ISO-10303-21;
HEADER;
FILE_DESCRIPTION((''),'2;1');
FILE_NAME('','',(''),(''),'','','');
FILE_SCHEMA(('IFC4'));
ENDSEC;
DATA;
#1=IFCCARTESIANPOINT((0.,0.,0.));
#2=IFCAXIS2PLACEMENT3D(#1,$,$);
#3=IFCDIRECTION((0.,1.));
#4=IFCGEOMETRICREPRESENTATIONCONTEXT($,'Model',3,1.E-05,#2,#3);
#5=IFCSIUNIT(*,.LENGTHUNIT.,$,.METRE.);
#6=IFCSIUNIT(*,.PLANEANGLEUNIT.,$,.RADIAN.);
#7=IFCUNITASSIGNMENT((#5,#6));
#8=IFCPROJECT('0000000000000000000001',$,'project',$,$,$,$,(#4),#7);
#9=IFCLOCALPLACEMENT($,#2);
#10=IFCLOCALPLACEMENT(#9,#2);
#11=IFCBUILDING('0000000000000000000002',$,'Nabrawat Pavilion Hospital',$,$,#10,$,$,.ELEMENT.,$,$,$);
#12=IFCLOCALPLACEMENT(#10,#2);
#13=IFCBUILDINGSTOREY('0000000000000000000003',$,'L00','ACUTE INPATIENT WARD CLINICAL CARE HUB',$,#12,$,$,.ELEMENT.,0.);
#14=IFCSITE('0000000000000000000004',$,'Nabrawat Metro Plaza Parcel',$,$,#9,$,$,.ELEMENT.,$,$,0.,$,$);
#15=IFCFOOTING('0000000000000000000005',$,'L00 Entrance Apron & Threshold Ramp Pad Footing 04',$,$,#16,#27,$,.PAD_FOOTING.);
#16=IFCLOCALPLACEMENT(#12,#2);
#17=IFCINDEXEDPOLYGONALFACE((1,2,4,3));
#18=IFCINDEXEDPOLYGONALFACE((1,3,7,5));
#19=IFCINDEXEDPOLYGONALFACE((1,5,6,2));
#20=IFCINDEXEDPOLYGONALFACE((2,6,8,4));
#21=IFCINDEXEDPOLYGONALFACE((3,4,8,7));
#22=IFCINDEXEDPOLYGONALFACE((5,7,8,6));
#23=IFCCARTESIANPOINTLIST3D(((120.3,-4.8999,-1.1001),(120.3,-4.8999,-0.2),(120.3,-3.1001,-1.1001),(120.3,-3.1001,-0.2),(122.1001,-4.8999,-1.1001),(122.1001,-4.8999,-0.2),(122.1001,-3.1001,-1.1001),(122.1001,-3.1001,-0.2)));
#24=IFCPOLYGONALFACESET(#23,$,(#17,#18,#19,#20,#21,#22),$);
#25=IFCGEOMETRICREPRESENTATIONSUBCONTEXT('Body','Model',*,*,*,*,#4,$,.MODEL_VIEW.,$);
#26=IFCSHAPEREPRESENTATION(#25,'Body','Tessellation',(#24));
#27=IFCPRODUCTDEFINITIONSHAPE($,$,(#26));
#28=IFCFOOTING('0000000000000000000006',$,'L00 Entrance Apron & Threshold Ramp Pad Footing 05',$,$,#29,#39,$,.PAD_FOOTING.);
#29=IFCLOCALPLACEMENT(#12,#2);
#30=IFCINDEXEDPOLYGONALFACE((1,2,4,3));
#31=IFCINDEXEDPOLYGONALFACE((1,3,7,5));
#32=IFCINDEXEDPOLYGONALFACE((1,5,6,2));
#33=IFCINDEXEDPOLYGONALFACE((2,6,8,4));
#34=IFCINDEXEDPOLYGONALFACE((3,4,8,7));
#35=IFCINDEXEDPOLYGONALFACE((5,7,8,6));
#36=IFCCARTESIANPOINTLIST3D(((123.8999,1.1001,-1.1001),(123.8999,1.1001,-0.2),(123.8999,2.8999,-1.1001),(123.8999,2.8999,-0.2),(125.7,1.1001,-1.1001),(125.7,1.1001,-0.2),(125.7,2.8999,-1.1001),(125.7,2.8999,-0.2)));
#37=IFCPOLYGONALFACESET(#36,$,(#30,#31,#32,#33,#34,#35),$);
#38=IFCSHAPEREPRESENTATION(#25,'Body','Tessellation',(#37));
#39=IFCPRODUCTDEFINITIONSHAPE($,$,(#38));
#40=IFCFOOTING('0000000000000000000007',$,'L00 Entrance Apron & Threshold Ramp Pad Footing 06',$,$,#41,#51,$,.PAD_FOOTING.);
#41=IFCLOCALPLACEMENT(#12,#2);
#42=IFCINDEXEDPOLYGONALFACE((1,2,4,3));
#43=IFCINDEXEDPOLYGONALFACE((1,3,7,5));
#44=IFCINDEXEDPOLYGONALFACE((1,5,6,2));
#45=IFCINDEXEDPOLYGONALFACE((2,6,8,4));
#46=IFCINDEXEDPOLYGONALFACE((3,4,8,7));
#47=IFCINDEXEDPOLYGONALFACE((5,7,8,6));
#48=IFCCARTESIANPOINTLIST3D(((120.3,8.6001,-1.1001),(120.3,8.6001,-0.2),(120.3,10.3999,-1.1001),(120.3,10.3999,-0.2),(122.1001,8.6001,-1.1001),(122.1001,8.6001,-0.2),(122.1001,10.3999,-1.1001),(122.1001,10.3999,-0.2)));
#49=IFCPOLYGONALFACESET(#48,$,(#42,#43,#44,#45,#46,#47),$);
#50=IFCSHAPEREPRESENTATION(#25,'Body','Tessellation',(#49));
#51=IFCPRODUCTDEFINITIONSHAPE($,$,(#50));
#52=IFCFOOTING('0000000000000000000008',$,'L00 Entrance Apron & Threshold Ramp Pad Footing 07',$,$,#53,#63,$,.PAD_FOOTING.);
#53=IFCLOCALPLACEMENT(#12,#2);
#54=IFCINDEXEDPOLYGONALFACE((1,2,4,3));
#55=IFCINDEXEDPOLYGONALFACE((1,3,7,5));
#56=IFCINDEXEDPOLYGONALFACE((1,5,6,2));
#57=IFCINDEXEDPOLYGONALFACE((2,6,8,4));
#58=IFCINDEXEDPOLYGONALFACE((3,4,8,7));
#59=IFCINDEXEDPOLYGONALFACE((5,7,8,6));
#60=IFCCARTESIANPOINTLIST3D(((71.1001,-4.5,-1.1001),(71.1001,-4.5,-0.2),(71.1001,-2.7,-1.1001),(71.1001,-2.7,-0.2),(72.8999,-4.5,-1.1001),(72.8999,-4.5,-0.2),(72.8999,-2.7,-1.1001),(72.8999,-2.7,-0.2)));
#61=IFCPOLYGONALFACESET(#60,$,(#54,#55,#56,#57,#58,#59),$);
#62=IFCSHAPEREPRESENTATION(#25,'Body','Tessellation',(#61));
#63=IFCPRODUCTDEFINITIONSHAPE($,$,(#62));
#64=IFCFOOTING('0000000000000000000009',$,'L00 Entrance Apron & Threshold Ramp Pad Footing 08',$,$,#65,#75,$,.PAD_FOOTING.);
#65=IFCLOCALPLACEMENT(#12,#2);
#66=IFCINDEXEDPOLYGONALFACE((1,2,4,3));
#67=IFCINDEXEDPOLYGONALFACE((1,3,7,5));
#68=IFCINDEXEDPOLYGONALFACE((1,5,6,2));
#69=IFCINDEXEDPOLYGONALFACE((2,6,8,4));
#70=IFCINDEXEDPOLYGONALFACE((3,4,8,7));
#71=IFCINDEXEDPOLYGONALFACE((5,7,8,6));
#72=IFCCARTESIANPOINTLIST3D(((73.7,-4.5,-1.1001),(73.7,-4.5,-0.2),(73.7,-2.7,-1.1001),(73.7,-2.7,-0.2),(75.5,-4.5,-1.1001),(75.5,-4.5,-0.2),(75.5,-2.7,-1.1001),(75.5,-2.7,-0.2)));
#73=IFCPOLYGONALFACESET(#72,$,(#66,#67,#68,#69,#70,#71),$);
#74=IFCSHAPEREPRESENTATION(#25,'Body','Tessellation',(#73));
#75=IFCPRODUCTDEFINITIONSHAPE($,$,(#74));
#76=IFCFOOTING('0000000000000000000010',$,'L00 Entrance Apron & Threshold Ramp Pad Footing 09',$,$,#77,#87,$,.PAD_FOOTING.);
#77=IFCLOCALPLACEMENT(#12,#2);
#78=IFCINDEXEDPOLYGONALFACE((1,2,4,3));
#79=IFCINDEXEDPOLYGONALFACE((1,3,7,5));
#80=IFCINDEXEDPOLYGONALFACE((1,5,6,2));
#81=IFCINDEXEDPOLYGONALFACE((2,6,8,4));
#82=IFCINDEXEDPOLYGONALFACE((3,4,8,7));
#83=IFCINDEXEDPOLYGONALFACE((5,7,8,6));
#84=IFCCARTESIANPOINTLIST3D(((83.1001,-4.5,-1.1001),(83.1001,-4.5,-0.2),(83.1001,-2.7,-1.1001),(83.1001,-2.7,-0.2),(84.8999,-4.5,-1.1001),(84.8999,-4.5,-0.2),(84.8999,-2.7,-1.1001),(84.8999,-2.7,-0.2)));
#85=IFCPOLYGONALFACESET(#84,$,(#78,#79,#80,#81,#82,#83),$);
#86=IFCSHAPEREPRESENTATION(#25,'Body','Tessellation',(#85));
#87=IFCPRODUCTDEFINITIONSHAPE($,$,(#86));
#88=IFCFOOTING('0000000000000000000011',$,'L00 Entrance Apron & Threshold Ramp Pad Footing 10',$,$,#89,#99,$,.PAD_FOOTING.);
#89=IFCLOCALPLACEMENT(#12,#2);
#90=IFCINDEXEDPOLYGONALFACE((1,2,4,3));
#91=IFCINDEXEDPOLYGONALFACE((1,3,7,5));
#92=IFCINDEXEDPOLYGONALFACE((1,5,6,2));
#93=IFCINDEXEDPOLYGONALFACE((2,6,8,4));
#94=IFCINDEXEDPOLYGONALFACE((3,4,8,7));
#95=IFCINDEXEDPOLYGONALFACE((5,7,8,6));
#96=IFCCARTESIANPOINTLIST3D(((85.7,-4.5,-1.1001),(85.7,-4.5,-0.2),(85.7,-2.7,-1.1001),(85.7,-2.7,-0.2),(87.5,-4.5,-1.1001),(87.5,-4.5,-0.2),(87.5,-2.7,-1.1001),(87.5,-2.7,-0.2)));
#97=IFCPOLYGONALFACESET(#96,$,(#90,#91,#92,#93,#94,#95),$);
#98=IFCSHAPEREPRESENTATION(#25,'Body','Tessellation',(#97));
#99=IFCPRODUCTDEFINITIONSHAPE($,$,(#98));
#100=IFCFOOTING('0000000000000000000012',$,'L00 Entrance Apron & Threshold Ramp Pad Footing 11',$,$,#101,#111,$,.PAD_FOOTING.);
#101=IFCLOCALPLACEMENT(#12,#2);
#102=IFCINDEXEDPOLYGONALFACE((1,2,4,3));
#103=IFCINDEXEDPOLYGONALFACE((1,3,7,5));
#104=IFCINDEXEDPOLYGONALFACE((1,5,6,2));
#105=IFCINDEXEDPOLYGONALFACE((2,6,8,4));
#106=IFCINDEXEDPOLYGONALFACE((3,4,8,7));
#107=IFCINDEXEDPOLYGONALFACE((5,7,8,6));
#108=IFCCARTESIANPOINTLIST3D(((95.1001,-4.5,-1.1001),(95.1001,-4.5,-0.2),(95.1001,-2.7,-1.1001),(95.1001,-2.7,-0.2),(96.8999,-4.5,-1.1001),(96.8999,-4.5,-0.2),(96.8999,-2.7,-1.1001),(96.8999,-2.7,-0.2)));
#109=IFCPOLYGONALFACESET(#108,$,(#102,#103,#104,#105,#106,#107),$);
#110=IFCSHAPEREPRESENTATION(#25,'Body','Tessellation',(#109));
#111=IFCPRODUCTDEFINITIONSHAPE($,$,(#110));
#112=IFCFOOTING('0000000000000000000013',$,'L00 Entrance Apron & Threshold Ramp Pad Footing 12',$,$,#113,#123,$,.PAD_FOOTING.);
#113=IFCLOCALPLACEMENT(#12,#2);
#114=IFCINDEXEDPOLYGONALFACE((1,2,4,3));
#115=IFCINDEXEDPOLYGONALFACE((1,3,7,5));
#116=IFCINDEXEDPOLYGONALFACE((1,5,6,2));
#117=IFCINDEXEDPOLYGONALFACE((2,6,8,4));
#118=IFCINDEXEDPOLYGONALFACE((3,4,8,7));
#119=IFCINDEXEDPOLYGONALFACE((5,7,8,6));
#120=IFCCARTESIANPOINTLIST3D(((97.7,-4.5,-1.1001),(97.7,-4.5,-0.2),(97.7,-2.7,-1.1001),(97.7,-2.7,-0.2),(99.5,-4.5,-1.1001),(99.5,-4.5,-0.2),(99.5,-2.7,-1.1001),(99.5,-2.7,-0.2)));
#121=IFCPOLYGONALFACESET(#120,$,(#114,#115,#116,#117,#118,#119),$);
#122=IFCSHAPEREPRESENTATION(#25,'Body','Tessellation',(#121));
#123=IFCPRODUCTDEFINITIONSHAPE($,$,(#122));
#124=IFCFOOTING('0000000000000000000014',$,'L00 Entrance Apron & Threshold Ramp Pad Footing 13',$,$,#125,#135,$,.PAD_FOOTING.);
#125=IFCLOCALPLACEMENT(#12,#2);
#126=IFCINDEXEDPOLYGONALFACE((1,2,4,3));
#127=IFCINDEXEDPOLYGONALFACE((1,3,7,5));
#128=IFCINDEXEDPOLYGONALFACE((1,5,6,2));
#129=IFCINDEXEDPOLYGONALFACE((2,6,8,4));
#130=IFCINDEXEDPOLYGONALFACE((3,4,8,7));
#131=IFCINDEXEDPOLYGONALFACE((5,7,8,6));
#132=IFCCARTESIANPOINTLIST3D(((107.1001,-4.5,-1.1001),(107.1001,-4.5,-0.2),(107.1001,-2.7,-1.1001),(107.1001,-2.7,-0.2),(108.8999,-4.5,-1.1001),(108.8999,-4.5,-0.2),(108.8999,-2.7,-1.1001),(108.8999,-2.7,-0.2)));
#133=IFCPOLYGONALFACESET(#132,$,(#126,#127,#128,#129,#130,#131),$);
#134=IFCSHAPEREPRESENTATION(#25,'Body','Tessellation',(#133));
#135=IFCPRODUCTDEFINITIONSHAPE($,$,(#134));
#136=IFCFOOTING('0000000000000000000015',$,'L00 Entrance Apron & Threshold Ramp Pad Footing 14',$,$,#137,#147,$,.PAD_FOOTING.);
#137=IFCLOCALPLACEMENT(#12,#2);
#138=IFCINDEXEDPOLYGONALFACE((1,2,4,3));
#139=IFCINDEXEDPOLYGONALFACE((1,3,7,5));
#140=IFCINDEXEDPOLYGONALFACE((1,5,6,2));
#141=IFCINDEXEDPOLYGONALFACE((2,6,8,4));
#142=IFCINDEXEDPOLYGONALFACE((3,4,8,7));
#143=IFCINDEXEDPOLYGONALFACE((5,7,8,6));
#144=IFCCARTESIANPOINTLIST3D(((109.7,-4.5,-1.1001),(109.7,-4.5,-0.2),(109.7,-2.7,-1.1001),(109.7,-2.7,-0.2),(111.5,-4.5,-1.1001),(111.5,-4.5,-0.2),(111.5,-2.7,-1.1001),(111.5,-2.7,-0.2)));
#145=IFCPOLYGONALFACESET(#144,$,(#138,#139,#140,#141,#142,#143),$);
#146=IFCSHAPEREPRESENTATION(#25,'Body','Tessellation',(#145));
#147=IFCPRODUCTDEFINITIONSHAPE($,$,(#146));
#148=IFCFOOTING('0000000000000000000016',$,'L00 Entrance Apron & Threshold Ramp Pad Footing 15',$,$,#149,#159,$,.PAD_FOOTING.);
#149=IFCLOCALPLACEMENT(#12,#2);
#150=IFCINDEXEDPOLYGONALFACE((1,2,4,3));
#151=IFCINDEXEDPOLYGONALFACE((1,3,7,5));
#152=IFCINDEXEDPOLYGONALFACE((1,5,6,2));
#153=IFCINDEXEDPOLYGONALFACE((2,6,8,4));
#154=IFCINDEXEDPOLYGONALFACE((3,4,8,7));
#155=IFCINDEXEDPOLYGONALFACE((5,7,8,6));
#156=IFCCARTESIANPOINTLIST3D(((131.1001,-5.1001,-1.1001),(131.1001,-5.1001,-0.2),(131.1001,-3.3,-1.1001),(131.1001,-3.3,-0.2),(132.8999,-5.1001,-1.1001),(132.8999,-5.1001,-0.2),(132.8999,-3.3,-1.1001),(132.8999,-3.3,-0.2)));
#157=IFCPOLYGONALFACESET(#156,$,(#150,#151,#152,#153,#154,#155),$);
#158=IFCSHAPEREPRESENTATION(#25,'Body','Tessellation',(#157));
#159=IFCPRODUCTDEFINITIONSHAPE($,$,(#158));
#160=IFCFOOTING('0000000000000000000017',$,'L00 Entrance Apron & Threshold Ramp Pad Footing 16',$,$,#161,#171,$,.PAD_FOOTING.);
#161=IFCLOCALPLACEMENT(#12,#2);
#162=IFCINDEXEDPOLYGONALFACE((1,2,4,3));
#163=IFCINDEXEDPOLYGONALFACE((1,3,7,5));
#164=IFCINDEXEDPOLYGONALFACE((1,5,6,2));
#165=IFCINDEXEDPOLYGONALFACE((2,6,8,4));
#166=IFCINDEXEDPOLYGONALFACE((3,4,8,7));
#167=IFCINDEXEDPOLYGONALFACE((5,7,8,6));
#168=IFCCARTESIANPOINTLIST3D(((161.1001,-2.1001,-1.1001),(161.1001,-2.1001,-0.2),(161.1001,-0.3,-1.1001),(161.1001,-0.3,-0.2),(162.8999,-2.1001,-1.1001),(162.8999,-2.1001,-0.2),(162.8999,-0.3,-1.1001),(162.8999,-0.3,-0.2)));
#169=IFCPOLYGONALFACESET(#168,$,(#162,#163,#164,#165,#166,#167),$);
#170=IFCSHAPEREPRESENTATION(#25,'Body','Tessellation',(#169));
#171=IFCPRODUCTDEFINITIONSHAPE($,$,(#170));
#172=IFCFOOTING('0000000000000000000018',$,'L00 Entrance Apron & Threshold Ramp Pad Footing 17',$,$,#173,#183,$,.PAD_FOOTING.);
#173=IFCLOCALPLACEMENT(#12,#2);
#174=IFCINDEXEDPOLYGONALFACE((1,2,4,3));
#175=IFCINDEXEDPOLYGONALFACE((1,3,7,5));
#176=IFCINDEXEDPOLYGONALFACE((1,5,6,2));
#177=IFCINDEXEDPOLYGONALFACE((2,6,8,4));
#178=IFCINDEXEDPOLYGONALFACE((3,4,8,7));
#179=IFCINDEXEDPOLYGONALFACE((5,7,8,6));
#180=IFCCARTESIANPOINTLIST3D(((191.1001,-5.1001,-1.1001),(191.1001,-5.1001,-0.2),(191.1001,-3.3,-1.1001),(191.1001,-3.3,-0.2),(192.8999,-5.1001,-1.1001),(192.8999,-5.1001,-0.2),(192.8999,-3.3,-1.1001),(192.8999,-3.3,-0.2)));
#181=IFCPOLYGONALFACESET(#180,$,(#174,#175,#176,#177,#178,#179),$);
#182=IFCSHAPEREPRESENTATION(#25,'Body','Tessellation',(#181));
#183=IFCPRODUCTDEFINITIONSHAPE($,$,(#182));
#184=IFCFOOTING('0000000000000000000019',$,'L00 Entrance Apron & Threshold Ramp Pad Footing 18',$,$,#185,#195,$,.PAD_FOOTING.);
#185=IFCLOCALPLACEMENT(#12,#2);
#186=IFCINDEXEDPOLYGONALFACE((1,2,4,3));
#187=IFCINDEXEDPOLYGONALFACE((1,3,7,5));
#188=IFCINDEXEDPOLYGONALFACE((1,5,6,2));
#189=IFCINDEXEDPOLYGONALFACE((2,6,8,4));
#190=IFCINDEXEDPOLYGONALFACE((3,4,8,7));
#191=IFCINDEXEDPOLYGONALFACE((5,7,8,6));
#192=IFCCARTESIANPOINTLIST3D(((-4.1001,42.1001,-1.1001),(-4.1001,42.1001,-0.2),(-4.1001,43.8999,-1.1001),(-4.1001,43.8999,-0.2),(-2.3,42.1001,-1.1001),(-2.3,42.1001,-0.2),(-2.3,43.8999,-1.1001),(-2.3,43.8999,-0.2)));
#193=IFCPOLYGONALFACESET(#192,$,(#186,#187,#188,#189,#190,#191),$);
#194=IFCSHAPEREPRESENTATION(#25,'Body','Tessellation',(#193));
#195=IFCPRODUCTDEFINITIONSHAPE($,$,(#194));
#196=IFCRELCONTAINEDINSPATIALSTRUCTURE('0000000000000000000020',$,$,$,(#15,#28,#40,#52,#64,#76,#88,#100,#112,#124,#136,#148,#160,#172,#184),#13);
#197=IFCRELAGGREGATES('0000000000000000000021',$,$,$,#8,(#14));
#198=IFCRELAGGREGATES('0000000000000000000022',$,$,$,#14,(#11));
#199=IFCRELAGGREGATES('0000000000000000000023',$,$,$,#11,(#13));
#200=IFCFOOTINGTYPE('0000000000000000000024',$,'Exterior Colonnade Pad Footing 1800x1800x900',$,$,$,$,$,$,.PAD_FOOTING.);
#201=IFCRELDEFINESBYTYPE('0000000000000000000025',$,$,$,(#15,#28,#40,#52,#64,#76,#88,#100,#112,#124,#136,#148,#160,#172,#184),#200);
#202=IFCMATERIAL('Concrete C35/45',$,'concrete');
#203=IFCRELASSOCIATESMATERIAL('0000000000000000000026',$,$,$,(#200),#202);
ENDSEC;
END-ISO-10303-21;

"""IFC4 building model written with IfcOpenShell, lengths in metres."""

from ifc_helpers import new_model, si_unit, direction, frame, origin, place, context, subcontext, project, spatial, polyline, outline, extrude, material, type_object, element, save


model = new_model("IFC4")

# Units and contexts
model_context = context("Model", 3, precision=1e-05, world=origin(), true_north=direction((0.0, 1.0)))
body_context = subcontext(model_context, "Body", "Model", "MODEL_VIEW")
ifc_project = project(units=[si_unit("LENGTHUNIT", "METRE"), si_unit("PLANEANGLEUNIT", "RADIAN")], contexts=[model_context])

# Site, building, storey
site_placement = place(None, origin())
site = spatial("IfcSite", under=ifc_project, at=site_placement, Name="Nabrawat Metro Plaza Parcel", CompositionType="ELEMENT", RefElevation=0.0)
building_placement = place(site_placement, origin())
building = spatial("IfcBuilding", under=site, at=building_placement, Name="Nabrawat Pavilion Hospital", CompositionType="ELEMENT")
storey_placement = place(building_placement, origin())
storey = spatial("IfcBuildingStorey", under=building, at=storey_placement, Name="L00", Description="ACUTE INPATIENT WARD CLINICAL CARE HUB", CompositionType="ELEMENT", Elevation=0.0)

# Footings
ifc_material = material(Name="Concrete C35/45", Category="concrete")
footing_type = type_object("IfcFootingType", Name="Exterior Colonnade Pad Footing 1800x1800x900", PredefinedType="PAD_FOOTING", material=ifc_material)
footing_1_placement = place(storey_placement, frame((0.0, 0.0, -1.1001)))
element("IfcFooting", 1, at=footing_1_placement, inside=storey, type_object=footing_type, Name="L00 Entrance Apron & Threshold Ramp Pad Footing 04", PredefinedType="PAD_FOOTING", context=body_context, shape_type="SweptSolid", body=[
    extrude(outline(polyline([(122.1001, -4.8999), (122.1001, -3.1001), (120.3, -3.1001), (120.3, -4.8999), (122.1001, -4.8999)])), origin(), (0.0, 0.0, 1.0), 0.9001),
])
footing_2_placement = place(storey_placement, frame((0.0, 0.0, -1.1001)))
element("IfcFooting", 2, at=footing_2_placement, inside=storey, type_object=footing_type, Name="L00 Entrance Apron & Threshold Ramp Pad Footing 05", PredefinedType="PAD_FOOTING", context=body_context, shape_type="SweptSolid", body=[
    extrude(outline(polyline([(125.7, 1.1001), (125.7, 2.8999), (123.8999, 2.8999), (123.8999, 1.1001), (125.7, 1.1001)])), origin(), (0.0, 0.0, 1.0), 0.9001),
])
footing_3_placement = place(storey_placement, frame((0.0, 0.0, -1.1001)))
element("IfcFooting", 3, at=footing_3_placement, inside=storey, type_object=footing_type, Name="L00 Entrance Apron & Threshold Ramp Pad Footing 06", PredefinedType="PAD_FOOTING", context=body_context, shape_type="SweptSolid", body=[
    extrude(outline(polyline([(122.1001, 8.6001), (122.1001, 10.3999), (120.3, 10.3999), (120.3, 8.6001), (122.1001, 8.6001)])), origin(), (0.0, 0.0, 1.0), 0.9001),
])
footing_4_placement = place(storey_placement, frame((0.0, 0.0, -1.1001)))
element("IfcFooting", 4, at=footing_4_placement, inside=storey, type_object=footing_type, Name="L00 Entrance Apron & Threshold Ramp Pad Footing 07", PredefinedType="PAD_FOOTING", context=body_context, shape_type="SweptSolid", body=[
    extrude(outline(polyline([(72.8999, -4.5), (72.8999, -2.7), (71.1001, -2.7), (71.1001, -4.5), (72.8999, -4.5)])), origin(), (0.0, 0.0, 1.0), 0.9001),
])
footing_5_placement = place(storey_placement, frame((0.0, 0.0, -1.1001)))
element("IfcFooting", 5, at=footing_5_placement, inside=storey, type_object=footing_type, Name="L00 Entrance Apron & Threshold Ramp Pad Footing 08", PredefinedType="PAD_FOOTING", context=body_context, shape_type="SweptSolid", body=[
    extrude(outline(polyline([(75.5, -4.5), (75.5, -2.7), (73.7, -2.7), (73.7, -4.5), (75.5, -4.5)])), origin(), (0.0, 0.0, 1.0), 0.9001),
])
footing_6_placement = place(storey_placement, frame((0.0, 0.0, -1.1001)))
element("IfcFooting", 6, at=footing_6_placement, inside=storey, type_object=footing_type, Name="L00 Entrance Apron & Threshold Ramp Pad Footing 09", PredefinedType="PAD_FOOTING", context=body_context, shape_type="SweptSolid", body=[
    extrude(outline(polyline([(84.8999, -4.5), (84.8999, -2.7), (83.1001, -2.7), (83.1001, -4.5), (84.8999, -4.5)])), origin(), (0.0, 0.0, 1.0), 0.9001),
])
footing_7_placement = place(storey_placement, frame((0.0, 0.0, -1.1001)))
element("IfcFooting", 7, at=footing_7_placement, inside=storey, type_object=footing_type, Name="L00 Entrance Apron & Threshold Ramp Pad Footing 10", PredefinedType="PAD_FOOTING", context=body_context, shape_type="SweptSolid", body=[
    extrude(outline(polyline([(87.5, -4.5), (87.5, -2.7), (85.7, -2.7), (85.7, -4.5), (87.5, -4.5)])), origin(), (0.0, 0.0, 1.0), 0.9001),
])
footing_8_placement = place(storey_placement, frame((0.0, 0.0, -1.1001)))
element("IfcFooting", 8, at=footing_8_placement, inside=storey, type_object=footing_type, Name="L00 Entrance Apron & Threshold Ramp Pad Footing 11", PredefinedType="PAD_FOOTING", context=body_context, shape_type="SweptSolid", body=[
    extrude(outline(polyline([(96.8999, -4.5), (96.8999, -2.7), (95.1001, -2.7), (95.1001, -4.5), (96.8999, -4.5)])), origin(), (0.0, 0.0, 1.0), 0.9001),
])
footing_9_placement = place(storey_placement, frame((0.0, 0.0, -1.1001)))
element("IfcFooting", 9, at=footing_9_placement, inside=storey, type_object=footing_type, Name="L00 Entrance Apron & Threshold Ramp Pad Footing 12", PredefinedType="PAD_FOOTING", context=body_context, shape_type="SweptSolid", body=[
    extrude(outline(polyline([(99.5, -4.5), (99.5, -2.7), (97.7, -2.7), (97.7, -4.5), (99.5, -4.5)])), origin(), (0.0, 0.0, 1.0), 0.9001),
])
footing_10_placement = place(storey_placement, frame((0.0, 0.0, -1.1001)))
element("IfcFooting", 10, at=footing_10_placement, inside=storey, type_object=footing_type, Name="L00 Entrance Apron & Threshold Ramp Pad Footing 13", PredefinedType="PAD_FOOTING", context=body_context, shape_type="SweptSolid", body=[
    extrude(outline(polyline([(108.8999, -4.5), (108.8999, -2.7), (107.1001, -2.7), (107.1001, -4.5), (108.8999, -4.5)])), origin(), (0.0, 0.0, 1.0), 0.9001),
])
footing_11_placement = place(storey_placement, frame((0.0, 0.0, -1.1001)))
element("IfcFooting", 11, at=footing_11_placement, inside=storey, type_object=footing_type, Name="L00 Entrance Apron & Threshold Ramp Pad Footing 14", PredefinedType="PAD_FOOTING", context=body_context, shape_type="SweptSolid", body=[
    extrude(outline(polyline([(111.5, -4.5), (111.5, -2.7), (109.7, -2.7), (109.7, -4.5), (111.5, -4.5)])), origin(), (0.0, 0.0, 1.0), 0.9001),
])
footing_12_placement = place(storey_placement, frame((0.0, 0.0, -1.1001)))
element("IfcFooting", 12, at=footing_12_placement, inside=storey, type_object=footing_type, Name="L00 Entrance Apron & Threshold Ramp Pad Footing 15", PredefinedType="PAD_FOOTING", context=body_context, shape_type="SweptSolid", body=[
    extrude(outline(polyline([(132.8999, -5.1001), (132.8999, -3.3), (131.1001, -3.3), (131.1001, -5.1001), (132.8999, -5.1001)])), origin(), (0.0, 0.0, 1.0), 0.9001),
])
footing_13_placement = place(storey_placement, frame((0.0, 0.0, -1.1001)))
element("IfcFooting", 13, at=footing_13_placement, inside=storey, type_object=footing_type, Name="L00 Entrance Apron & Threshold Ramp Pad Footing 16", PredefinedType="PAD_FOOTING", context=body_context, shape_type="SweptSolid", body=[
    extrude(outline(polyline([(162.8999, -2.1001), (162.8999, -0.3), (161.1001, -0.3), (161.1001, -2.1001), (162.8999, -2.1001)])), origin(), (0.0, 0.0, 1.0), 0.9001),
])
footing_14_placement = place(storey_placement, frame((0.0, 0.0, -1.1001)))
element("IfcFooting", 14, at=footing_14_placement, inside=storey, type_object=footing_type, Name="L00 Entrance Apron & Threshold Ramp Pad Footing 17", PredefinedType="PAD_FOOTING", context=body_context, shape_type="SweptSolid", body=[
    extrude(outline(polyline([(192.8999, -5.1001), (192.8999, -3.3), (191.1001, -3.3), (191.1001, -5.1001), (192.8999, -5.1001)])), origin(), (0.0, 0.0, 1.0), 0.9001),
])
footing_15_placement = place(storey_placement, frame((0.0, 0.0, -1.1001)))
element("IfcFooting", 15, at=footing_15_placement, inside=storey, type_object=footing_type, Name="L00 Entrance Apron & Threshold Ramp Pad Footing 18", PredefinedType="PAD_FOOTING", context=body_context, shape_type="SweptSolid", body=[
    extrude(outline(polyline([(-2.3, 42.1001), (-2.3, 43.8999), (-4.1001, 43.8999), (-4.1001, 42.1001), (-2.3, 42.1001)])), origin(), (0.0, 0.0, 1.0), 0.9001),
])

save(model, "model.ifc")
